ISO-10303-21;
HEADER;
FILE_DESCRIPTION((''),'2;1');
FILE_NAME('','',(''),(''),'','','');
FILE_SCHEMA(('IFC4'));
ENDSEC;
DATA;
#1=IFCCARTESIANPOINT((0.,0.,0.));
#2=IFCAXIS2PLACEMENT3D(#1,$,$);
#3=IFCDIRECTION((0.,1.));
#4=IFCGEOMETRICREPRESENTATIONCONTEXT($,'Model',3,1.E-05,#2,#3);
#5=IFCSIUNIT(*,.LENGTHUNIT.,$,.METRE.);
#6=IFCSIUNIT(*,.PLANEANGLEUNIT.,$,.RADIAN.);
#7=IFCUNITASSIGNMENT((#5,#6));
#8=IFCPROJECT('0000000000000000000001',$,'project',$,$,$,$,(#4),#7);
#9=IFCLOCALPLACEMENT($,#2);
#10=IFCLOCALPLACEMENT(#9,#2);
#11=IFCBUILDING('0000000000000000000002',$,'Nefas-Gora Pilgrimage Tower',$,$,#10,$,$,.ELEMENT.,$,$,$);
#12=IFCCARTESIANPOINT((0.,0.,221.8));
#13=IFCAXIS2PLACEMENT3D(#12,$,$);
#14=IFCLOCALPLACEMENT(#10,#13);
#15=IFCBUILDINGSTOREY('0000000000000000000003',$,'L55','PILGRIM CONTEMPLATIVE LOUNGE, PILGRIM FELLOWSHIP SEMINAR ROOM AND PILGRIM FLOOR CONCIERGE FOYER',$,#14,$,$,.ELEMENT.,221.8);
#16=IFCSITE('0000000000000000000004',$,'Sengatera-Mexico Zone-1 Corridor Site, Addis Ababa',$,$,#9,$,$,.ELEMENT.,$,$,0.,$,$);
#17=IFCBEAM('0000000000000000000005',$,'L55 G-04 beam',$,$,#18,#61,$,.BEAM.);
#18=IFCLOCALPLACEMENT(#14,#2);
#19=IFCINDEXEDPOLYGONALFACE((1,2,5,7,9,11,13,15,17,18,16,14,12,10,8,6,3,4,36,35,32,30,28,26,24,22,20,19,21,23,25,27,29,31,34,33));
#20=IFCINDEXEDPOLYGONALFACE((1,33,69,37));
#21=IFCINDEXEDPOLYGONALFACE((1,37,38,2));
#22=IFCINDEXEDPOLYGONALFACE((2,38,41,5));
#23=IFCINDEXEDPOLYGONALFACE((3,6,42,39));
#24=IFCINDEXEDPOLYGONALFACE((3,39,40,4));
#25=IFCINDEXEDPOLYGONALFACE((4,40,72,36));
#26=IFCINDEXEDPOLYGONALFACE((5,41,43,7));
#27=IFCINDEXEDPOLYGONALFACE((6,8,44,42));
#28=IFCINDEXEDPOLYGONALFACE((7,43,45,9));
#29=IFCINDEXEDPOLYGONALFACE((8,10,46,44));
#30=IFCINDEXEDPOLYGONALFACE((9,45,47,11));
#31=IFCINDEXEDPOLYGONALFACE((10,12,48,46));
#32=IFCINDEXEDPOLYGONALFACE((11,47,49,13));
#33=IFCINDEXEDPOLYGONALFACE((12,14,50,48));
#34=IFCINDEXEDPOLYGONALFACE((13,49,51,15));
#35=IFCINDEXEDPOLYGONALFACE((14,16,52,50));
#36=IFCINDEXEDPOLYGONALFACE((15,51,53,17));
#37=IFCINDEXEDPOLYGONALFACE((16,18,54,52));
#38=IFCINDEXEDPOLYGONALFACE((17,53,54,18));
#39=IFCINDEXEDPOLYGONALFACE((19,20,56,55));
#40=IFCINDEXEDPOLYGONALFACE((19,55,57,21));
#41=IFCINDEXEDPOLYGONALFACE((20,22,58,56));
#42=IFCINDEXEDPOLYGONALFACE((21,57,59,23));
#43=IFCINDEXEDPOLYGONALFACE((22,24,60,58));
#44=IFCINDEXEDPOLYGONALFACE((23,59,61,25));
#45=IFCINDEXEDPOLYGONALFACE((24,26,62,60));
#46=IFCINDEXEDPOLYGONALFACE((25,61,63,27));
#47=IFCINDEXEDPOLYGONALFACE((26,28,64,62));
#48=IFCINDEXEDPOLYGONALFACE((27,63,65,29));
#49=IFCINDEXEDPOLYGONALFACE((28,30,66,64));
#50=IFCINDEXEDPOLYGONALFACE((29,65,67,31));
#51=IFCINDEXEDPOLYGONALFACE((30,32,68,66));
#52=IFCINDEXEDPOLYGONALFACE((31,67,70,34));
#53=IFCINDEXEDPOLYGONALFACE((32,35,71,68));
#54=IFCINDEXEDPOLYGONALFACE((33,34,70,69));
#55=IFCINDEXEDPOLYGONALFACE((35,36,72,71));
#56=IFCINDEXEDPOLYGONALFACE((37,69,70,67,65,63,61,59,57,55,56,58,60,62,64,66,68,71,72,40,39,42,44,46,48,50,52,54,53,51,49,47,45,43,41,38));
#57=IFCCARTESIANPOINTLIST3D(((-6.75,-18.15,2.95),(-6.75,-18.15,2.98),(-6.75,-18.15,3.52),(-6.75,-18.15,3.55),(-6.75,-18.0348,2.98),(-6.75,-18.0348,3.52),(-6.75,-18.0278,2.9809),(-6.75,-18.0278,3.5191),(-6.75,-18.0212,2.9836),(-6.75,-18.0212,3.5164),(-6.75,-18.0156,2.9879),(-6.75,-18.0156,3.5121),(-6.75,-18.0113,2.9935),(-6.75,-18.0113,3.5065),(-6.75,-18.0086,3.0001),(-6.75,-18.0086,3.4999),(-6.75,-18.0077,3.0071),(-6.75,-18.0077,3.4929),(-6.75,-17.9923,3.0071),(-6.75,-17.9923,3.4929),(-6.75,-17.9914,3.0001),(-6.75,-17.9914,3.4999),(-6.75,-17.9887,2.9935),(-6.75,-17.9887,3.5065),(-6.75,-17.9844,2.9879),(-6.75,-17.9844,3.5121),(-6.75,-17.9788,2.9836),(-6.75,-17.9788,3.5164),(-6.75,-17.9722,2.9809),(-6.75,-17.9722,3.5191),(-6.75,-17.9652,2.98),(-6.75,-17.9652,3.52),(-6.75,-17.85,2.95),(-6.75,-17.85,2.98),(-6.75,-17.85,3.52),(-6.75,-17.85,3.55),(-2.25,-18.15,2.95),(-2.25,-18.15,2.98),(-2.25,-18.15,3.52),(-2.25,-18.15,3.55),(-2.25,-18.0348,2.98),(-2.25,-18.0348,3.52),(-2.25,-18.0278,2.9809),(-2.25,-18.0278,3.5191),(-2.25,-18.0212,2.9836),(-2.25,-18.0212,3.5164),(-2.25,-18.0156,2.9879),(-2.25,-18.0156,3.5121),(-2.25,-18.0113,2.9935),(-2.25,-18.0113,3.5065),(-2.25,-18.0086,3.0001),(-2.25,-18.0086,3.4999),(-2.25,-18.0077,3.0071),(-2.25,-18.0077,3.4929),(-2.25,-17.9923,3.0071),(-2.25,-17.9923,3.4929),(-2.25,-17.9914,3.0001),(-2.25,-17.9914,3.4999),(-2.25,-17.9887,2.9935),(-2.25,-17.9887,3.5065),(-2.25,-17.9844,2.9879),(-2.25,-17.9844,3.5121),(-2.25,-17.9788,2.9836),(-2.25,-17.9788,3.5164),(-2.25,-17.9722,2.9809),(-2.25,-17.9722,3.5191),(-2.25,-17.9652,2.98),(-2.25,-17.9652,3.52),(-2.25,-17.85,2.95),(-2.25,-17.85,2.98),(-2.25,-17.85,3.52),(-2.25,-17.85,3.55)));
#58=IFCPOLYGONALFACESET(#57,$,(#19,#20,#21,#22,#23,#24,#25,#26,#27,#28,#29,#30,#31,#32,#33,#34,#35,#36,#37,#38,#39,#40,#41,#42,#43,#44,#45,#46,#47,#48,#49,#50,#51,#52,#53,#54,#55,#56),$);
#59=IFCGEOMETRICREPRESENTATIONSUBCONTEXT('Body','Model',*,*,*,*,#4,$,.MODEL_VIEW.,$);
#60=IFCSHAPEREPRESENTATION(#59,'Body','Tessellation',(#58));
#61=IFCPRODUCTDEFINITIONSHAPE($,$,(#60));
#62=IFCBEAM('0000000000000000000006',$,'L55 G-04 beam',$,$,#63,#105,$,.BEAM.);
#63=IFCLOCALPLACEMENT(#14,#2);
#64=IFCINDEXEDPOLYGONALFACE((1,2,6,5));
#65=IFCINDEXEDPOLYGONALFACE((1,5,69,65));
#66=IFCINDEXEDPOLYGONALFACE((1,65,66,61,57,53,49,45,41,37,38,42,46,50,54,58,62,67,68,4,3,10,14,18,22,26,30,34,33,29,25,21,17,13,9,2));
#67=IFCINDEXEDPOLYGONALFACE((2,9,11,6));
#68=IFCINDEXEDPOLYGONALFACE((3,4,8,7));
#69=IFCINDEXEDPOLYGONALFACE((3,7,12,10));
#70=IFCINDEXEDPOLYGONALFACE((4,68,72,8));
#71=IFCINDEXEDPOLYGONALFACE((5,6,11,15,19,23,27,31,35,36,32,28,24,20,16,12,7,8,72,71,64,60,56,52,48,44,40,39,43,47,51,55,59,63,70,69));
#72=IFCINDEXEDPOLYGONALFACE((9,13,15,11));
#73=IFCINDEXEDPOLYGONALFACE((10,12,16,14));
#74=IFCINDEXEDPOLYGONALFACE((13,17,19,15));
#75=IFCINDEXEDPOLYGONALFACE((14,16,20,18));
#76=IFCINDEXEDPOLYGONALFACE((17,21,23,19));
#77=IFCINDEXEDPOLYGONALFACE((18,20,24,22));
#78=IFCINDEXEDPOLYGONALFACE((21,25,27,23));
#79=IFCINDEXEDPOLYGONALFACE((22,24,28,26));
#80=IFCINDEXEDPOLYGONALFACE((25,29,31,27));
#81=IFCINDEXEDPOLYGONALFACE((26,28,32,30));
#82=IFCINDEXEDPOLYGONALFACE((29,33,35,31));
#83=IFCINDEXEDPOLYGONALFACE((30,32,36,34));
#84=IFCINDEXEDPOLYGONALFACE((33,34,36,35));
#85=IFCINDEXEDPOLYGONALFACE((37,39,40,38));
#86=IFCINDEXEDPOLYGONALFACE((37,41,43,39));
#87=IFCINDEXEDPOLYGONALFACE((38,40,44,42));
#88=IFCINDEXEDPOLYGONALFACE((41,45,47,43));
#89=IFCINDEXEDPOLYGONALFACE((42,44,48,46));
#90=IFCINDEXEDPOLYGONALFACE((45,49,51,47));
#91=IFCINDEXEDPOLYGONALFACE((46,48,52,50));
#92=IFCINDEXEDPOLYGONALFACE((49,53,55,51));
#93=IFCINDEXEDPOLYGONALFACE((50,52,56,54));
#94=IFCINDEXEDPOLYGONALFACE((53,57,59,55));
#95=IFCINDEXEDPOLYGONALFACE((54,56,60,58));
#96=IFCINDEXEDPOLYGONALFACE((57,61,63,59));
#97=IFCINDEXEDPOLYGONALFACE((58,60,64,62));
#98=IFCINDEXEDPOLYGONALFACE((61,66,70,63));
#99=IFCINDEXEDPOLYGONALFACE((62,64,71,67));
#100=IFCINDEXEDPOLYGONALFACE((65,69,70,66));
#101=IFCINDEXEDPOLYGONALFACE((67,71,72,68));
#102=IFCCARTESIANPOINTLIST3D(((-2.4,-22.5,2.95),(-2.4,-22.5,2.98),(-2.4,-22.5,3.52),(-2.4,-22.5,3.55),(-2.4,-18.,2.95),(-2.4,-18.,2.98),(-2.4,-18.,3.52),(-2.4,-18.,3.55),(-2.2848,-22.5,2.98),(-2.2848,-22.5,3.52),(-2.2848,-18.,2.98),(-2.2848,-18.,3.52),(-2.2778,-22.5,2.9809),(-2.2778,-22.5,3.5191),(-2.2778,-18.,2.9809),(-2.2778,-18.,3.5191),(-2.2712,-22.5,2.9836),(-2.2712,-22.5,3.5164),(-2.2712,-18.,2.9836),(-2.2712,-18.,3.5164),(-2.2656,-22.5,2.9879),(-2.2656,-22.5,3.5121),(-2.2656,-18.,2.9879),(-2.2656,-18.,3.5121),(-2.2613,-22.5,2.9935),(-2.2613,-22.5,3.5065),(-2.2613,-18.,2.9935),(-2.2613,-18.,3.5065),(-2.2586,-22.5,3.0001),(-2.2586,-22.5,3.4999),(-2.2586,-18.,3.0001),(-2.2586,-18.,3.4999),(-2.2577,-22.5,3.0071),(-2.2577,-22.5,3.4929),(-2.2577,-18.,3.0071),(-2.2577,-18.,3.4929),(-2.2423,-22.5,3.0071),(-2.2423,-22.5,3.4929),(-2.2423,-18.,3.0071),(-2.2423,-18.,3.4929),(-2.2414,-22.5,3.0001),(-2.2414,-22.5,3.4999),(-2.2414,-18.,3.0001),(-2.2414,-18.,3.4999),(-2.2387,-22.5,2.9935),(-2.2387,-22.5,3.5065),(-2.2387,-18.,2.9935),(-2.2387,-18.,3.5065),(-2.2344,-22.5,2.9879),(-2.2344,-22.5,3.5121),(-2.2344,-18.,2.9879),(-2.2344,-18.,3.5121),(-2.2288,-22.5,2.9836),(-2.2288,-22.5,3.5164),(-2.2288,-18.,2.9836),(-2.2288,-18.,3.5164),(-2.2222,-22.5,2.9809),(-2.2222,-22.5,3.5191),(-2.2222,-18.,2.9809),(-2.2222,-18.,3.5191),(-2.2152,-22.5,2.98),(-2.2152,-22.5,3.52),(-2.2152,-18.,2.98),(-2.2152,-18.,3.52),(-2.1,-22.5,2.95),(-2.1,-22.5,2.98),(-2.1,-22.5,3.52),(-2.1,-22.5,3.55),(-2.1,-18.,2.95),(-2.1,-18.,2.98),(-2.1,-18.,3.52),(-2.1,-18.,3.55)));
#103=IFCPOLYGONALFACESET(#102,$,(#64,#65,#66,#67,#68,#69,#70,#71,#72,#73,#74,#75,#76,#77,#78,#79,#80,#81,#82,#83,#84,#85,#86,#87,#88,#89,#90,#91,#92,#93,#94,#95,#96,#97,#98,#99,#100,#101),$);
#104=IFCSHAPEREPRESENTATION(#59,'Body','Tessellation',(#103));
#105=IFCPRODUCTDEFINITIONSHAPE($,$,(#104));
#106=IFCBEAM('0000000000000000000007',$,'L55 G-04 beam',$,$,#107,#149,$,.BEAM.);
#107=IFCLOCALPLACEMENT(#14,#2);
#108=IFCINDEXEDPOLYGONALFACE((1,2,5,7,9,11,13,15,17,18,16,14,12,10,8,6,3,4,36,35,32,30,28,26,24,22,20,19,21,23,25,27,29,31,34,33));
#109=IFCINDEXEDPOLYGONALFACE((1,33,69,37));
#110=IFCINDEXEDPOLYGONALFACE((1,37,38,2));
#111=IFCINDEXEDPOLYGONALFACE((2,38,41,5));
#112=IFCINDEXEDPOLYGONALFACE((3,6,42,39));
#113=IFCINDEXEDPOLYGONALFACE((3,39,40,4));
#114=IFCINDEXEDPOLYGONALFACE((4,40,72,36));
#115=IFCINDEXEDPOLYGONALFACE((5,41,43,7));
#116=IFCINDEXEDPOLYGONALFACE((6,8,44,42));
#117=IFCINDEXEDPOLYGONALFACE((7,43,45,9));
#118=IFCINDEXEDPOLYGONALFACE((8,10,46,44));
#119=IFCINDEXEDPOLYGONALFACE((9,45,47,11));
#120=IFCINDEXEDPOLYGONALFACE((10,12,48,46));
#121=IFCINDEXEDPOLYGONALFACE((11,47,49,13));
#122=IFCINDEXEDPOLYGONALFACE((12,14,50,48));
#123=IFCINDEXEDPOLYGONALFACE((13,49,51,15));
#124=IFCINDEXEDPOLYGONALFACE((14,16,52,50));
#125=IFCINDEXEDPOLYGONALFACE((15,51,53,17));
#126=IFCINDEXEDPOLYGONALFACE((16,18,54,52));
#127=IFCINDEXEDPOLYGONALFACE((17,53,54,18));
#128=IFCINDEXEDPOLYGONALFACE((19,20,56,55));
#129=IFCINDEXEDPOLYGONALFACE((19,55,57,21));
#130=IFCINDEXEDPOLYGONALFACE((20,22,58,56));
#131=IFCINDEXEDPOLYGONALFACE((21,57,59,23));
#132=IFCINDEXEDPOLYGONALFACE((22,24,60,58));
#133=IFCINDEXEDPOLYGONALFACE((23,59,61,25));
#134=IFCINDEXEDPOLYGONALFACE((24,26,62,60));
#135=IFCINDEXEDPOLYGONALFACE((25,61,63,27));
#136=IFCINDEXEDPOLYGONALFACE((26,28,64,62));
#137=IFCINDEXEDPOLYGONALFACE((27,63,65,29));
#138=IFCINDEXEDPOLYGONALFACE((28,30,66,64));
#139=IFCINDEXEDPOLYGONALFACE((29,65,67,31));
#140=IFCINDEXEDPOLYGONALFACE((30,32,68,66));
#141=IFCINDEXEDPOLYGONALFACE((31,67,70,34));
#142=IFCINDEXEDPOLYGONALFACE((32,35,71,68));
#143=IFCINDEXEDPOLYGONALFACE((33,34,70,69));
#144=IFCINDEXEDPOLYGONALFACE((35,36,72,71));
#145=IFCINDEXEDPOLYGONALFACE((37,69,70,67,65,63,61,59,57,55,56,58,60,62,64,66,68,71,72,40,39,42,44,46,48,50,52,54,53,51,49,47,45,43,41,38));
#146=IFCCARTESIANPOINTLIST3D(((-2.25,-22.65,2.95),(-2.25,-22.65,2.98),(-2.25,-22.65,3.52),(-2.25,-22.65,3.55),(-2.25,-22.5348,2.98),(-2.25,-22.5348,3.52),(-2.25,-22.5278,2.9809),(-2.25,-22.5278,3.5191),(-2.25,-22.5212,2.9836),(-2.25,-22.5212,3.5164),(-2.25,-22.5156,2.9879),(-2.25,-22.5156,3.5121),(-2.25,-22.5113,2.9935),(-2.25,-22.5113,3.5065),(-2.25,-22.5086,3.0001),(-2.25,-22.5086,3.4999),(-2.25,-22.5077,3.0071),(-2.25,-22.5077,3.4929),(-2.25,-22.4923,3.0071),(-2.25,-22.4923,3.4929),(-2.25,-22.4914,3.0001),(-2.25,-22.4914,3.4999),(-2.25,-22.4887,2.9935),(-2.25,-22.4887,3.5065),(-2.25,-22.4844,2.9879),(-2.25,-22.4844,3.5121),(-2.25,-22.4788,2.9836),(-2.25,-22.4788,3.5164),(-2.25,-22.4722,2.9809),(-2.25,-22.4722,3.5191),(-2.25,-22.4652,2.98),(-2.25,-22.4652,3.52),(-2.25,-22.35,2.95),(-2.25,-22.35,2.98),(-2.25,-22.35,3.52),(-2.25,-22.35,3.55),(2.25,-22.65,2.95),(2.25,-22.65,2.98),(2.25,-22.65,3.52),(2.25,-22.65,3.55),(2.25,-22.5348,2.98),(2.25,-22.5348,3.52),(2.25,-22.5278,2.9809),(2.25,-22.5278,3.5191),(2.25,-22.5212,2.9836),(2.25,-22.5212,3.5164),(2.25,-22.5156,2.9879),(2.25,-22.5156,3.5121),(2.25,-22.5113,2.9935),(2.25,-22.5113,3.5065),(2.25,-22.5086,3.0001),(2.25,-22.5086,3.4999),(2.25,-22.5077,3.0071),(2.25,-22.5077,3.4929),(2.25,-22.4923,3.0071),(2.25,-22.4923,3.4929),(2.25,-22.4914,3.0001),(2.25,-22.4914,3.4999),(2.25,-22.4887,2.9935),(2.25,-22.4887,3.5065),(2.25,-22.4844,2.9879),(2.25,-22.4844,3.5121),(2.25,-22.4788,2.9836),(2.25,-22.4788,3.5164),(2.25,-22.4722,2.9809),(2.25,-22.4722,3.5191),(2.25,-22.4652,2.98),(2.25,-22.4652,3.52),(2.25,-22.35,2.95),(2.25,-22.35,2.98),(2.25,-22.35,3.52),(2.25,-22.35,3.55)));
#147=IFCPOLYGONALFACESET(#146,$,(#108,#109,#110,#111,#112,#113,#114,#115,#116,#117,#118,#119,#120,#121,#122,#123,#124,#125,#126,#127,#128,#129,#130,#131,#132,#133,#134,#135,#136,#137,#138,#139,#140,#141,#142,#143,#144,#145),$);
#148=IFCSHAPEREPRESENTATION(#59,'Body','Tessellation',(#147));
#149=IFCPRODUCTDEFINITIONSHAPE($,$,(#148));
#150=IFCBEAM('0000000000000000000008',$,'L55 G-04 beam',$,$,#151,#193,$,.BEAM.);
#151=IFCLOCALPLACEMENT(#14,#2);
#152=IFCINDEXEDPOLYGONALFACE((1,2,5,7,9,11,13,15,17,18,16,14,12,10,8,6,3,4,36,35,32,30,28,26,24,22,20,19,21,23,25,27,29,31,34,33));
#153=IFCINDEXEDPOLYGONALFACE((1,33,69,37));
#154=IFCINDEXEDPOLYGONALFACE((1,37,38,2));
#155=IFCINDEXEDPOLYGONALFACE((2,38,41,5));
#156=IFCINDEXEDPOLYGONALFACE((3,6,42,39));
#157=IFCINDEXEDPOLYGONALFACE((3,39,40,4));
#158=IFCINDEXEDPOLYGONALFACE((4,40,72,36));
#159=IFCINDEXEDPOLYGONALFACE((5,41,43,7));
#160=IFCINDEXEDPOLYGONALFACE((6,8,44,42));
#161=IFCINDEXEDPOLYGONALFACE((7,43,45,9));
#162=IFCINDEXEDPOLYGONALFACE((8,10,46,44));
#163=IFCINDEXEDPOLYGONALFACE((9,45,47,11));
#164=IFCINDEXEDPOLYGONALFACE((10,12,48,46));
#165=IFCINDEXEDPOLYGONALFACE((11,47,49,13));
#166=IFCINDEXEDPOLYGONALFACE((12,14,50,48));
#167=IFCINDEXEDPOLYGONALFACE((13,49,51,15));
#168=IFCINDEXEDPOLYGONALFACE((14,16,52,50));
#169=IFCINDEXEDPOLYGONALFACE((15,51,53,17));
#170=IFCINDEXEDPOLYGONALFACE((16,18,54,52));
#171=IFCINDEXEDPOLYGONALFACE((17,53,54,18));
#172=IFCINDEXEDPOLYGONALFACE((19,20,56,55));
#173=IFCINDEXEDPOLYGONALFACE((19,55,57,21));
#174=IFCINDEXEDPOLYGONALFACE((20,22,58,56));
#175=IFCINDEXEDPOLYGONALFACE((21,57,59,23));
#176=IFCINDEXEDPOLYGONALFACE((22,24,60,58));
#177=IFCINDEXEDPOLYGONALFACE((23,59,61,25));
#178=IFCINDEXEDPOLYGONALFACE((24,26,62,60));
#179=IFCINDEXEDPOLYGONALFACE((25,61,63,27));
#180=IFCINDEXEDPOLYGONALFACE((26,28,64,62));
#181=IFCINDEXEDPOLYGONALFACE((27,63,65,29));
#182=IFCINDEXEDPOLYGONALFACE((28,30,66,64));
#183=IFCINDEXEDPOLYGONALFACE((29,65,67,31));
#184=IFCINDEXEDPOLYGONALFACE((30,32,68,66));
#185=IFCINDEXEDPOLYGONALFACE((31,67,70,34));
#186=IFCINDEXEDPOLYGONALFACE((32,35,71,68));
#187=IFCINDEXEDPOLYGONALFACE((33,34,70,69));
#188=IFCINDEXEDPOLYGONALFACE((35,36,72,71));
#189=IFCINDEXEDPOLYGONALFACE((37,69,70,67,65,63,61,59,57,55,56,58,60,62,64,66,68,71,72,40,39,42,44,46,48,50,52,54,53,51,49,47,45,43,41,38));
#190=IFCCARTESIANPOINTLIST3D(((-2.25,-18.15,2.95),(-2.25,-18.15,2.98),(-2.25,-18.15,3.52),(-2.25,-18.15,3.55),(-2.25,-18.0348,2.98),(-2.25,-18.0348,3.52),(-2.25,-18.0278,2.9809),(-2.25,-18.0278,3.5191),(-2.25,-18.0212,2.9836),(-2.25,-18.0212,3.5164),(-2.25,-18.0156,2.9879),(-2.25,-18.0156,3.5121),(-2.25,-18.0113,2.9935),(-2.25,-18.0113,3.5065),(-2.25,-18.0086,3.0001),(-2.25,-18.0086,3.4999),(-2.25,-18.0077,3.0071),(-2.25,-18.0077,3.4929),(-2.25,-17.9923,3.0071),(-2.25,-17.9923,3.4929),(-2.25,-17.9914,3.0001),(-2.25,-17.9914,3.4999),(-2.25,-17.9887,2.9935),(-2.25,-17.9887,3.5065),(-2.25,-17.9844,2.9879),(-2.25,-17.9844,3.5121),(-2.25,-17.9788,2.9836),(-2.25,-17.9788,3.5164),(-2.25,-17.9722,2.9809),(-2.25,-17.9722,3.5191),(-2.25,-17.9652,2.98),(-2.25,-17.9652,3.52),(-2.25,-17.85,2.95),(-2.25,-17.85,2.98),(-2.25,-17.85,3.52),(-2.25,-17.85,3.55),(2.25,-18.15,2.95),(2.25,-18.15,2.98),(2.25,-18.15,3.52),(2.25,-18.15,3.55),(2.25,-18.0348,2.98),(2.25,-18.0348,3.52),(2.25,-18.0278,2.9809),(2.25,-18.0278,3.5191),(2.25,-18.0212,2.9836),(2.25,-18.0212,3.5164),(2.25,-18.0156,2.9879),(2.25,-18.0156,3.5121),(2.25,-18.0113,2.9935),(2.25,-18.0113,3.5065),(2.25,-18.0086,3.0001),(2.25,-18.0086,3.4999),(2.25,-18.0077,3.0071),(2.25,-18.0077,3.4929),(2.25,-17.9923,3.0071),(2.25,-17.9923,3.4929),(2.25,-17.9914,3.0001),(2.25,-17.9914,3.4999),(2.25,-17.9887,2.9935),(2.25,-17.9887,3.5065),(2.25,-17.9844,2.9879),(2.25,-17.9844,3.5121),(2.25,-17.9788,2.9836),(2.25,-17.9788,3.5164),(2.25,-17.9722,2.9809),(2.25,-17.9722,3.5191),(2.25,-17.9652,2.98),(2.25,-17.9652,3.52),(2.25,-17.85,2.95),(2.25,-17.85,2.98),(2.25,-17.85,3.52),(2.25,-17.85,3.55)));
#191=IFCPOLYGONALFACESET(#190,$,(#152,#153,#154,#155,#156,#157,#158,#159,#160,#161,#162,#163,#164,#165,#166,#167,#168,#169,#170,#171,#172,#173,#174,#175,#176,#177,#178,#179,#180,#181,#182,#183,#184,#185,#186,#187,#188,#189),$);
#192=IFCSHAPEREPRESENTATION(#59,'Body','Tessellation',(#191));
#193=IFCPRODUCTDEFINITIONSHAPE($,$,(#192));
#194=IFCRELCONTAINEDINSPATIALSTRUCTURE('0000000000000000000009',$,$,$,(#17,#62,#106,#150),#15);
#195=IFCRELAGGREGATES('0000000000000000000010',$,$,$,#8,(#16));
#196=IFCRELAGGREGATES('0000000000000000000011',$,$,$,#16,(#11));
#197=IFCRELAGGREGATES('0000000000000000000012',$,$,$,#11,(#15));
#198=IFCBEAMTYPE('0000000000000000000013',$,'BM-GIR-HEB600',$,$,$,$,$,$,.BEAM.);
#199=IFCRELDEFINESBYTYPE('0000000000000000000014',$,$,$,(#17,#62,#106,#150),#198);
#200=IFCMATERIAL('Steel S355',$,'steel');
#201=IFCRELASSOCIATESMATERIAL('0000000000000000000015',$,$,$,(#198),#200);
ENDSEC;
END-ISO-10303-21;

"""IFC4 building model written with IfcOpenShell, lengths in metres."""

from ifc_helpers import new_model, si_unit, direction, frame, origin, origin_2d, place, context, subcontext, project, spatial, i_section, extrude, source, transform, mapped, material, material_profile, profile_set, type_object, element, save


model = new_model("IFC4")

# Units and contexts
model_context = context("Model", 3, precision=1e-05, world=origin(), true_north=direction((0.0, 1.0)))
body_context = subcontext(model_context, "Body", "Model", "MODEL_VIEW")
ifc_project = project(units=[si_unit("LENGTHUNIT", "METRE"), si_unit("PLANEANGLEUNIT", "RADIAN")], contexts=[model_context])

# Site, building, storey
site_placement = place(None, origin())
site = spatial("IfcSite", under=ifc_project, at=site_placement, Name="Sengatera-Mexico Zone-1 Corridor Site, Addis Ababa", CompositionType="ELEMENT", RefElevation=0.0)
building_placement = place(site_placement, origin())
building = spatial("IfcBuilding", under=site, at=building_placement, Name="Nefas-Gora Pilgrimage Tower", CompositionType="ELEMENT")
storey_placement = place(building_placement, frame((0.0, 0.0, 221.8)))
storey = spatial("IfcBuildingStorey", under=building, at=storey_placement, Name="L55", Description="PILGRIM CONTEMPLATIVE LOUNGE, PILGRIM FELLOWSHIP SEMINAR ROOM AND PILGRIM FLOOR CONCIERGE FOYER", CompositionType="ELEMENT", Elevation=221.8)

# Beams
ifc_material_1 = material(Name="Steel S355", Category="steel")
ifc_material_profile_1 = material_profile(ifc_material_1, i_section(OverallWidth=0.3, OverallDepth=0.6001, WebThickness=0.0154, FlangeThickness=0.03, FilletRadius=0.0271, at=origin_2d()), Name="HEB 600")
ifc_profile_set_1 = profile_set([ifc_material_profile_1], Name="Steel S355")
beam_type = type_object("IfcBeamType", Name="BM-GIR-HEB600", PredefinedType="BEAM", material=ifc_profile_set_1)
shared_shape_1 = source(origin(), body_context, "Body", "SweptSolid", [
    extrude(i_section(OverallWidth=0.3, OverallDepth=0.6001, WebThickness=0.0154, FlangeThickness=0.03, FilletRadius=0.0271, at=origin_2d()), origin(), (0.0, 0.0, 1.0), 4.5),
])
for number, where, z_axis, x_axis, name in (
    (1, (-6.75, -18.0, 3.25), (1.0, 0.0, 0.0), (0.0, 1.0, 0.0), "L55 G-04 beam"),
    (2, (-2.25, -22.5, 3.25), (0.0, 1.0, 0.0), (-1.0, 0.0, 0.0), "L55 G-04 beam"),
    (3, (-2.25, -22.5, 3.25), (1.0, 0.0, 0.0), (0.0, 1.0, 0.0), "L55 G-04 beam"),
    (4, (-2.25, -18.0, 3.25), (1.0, 0.0, 0.0), (0.0, 1.0, 0.0), "L55 G-04 beam"),
):
    element("IfcBeam", number, at=place(storey_placement, frame(where, z_axis=z_axis, x_axis=x_axis)), inside=storey, type_object=beam_type, Name=name, PredefinedType="BEAM", context=body_context, shape_type="MappedRepresentation", body=[
        mapped(shared_shape_1, transform((0.0, 0.0, 0.0), x_axis=(1.0, 0.0, 0.0), y_axis=(0.0, 1.0, 0.0), z_axis=(0.0, 0.0, 1.0), scale=1.0)),
    ])

save(model, "model.ifc")
